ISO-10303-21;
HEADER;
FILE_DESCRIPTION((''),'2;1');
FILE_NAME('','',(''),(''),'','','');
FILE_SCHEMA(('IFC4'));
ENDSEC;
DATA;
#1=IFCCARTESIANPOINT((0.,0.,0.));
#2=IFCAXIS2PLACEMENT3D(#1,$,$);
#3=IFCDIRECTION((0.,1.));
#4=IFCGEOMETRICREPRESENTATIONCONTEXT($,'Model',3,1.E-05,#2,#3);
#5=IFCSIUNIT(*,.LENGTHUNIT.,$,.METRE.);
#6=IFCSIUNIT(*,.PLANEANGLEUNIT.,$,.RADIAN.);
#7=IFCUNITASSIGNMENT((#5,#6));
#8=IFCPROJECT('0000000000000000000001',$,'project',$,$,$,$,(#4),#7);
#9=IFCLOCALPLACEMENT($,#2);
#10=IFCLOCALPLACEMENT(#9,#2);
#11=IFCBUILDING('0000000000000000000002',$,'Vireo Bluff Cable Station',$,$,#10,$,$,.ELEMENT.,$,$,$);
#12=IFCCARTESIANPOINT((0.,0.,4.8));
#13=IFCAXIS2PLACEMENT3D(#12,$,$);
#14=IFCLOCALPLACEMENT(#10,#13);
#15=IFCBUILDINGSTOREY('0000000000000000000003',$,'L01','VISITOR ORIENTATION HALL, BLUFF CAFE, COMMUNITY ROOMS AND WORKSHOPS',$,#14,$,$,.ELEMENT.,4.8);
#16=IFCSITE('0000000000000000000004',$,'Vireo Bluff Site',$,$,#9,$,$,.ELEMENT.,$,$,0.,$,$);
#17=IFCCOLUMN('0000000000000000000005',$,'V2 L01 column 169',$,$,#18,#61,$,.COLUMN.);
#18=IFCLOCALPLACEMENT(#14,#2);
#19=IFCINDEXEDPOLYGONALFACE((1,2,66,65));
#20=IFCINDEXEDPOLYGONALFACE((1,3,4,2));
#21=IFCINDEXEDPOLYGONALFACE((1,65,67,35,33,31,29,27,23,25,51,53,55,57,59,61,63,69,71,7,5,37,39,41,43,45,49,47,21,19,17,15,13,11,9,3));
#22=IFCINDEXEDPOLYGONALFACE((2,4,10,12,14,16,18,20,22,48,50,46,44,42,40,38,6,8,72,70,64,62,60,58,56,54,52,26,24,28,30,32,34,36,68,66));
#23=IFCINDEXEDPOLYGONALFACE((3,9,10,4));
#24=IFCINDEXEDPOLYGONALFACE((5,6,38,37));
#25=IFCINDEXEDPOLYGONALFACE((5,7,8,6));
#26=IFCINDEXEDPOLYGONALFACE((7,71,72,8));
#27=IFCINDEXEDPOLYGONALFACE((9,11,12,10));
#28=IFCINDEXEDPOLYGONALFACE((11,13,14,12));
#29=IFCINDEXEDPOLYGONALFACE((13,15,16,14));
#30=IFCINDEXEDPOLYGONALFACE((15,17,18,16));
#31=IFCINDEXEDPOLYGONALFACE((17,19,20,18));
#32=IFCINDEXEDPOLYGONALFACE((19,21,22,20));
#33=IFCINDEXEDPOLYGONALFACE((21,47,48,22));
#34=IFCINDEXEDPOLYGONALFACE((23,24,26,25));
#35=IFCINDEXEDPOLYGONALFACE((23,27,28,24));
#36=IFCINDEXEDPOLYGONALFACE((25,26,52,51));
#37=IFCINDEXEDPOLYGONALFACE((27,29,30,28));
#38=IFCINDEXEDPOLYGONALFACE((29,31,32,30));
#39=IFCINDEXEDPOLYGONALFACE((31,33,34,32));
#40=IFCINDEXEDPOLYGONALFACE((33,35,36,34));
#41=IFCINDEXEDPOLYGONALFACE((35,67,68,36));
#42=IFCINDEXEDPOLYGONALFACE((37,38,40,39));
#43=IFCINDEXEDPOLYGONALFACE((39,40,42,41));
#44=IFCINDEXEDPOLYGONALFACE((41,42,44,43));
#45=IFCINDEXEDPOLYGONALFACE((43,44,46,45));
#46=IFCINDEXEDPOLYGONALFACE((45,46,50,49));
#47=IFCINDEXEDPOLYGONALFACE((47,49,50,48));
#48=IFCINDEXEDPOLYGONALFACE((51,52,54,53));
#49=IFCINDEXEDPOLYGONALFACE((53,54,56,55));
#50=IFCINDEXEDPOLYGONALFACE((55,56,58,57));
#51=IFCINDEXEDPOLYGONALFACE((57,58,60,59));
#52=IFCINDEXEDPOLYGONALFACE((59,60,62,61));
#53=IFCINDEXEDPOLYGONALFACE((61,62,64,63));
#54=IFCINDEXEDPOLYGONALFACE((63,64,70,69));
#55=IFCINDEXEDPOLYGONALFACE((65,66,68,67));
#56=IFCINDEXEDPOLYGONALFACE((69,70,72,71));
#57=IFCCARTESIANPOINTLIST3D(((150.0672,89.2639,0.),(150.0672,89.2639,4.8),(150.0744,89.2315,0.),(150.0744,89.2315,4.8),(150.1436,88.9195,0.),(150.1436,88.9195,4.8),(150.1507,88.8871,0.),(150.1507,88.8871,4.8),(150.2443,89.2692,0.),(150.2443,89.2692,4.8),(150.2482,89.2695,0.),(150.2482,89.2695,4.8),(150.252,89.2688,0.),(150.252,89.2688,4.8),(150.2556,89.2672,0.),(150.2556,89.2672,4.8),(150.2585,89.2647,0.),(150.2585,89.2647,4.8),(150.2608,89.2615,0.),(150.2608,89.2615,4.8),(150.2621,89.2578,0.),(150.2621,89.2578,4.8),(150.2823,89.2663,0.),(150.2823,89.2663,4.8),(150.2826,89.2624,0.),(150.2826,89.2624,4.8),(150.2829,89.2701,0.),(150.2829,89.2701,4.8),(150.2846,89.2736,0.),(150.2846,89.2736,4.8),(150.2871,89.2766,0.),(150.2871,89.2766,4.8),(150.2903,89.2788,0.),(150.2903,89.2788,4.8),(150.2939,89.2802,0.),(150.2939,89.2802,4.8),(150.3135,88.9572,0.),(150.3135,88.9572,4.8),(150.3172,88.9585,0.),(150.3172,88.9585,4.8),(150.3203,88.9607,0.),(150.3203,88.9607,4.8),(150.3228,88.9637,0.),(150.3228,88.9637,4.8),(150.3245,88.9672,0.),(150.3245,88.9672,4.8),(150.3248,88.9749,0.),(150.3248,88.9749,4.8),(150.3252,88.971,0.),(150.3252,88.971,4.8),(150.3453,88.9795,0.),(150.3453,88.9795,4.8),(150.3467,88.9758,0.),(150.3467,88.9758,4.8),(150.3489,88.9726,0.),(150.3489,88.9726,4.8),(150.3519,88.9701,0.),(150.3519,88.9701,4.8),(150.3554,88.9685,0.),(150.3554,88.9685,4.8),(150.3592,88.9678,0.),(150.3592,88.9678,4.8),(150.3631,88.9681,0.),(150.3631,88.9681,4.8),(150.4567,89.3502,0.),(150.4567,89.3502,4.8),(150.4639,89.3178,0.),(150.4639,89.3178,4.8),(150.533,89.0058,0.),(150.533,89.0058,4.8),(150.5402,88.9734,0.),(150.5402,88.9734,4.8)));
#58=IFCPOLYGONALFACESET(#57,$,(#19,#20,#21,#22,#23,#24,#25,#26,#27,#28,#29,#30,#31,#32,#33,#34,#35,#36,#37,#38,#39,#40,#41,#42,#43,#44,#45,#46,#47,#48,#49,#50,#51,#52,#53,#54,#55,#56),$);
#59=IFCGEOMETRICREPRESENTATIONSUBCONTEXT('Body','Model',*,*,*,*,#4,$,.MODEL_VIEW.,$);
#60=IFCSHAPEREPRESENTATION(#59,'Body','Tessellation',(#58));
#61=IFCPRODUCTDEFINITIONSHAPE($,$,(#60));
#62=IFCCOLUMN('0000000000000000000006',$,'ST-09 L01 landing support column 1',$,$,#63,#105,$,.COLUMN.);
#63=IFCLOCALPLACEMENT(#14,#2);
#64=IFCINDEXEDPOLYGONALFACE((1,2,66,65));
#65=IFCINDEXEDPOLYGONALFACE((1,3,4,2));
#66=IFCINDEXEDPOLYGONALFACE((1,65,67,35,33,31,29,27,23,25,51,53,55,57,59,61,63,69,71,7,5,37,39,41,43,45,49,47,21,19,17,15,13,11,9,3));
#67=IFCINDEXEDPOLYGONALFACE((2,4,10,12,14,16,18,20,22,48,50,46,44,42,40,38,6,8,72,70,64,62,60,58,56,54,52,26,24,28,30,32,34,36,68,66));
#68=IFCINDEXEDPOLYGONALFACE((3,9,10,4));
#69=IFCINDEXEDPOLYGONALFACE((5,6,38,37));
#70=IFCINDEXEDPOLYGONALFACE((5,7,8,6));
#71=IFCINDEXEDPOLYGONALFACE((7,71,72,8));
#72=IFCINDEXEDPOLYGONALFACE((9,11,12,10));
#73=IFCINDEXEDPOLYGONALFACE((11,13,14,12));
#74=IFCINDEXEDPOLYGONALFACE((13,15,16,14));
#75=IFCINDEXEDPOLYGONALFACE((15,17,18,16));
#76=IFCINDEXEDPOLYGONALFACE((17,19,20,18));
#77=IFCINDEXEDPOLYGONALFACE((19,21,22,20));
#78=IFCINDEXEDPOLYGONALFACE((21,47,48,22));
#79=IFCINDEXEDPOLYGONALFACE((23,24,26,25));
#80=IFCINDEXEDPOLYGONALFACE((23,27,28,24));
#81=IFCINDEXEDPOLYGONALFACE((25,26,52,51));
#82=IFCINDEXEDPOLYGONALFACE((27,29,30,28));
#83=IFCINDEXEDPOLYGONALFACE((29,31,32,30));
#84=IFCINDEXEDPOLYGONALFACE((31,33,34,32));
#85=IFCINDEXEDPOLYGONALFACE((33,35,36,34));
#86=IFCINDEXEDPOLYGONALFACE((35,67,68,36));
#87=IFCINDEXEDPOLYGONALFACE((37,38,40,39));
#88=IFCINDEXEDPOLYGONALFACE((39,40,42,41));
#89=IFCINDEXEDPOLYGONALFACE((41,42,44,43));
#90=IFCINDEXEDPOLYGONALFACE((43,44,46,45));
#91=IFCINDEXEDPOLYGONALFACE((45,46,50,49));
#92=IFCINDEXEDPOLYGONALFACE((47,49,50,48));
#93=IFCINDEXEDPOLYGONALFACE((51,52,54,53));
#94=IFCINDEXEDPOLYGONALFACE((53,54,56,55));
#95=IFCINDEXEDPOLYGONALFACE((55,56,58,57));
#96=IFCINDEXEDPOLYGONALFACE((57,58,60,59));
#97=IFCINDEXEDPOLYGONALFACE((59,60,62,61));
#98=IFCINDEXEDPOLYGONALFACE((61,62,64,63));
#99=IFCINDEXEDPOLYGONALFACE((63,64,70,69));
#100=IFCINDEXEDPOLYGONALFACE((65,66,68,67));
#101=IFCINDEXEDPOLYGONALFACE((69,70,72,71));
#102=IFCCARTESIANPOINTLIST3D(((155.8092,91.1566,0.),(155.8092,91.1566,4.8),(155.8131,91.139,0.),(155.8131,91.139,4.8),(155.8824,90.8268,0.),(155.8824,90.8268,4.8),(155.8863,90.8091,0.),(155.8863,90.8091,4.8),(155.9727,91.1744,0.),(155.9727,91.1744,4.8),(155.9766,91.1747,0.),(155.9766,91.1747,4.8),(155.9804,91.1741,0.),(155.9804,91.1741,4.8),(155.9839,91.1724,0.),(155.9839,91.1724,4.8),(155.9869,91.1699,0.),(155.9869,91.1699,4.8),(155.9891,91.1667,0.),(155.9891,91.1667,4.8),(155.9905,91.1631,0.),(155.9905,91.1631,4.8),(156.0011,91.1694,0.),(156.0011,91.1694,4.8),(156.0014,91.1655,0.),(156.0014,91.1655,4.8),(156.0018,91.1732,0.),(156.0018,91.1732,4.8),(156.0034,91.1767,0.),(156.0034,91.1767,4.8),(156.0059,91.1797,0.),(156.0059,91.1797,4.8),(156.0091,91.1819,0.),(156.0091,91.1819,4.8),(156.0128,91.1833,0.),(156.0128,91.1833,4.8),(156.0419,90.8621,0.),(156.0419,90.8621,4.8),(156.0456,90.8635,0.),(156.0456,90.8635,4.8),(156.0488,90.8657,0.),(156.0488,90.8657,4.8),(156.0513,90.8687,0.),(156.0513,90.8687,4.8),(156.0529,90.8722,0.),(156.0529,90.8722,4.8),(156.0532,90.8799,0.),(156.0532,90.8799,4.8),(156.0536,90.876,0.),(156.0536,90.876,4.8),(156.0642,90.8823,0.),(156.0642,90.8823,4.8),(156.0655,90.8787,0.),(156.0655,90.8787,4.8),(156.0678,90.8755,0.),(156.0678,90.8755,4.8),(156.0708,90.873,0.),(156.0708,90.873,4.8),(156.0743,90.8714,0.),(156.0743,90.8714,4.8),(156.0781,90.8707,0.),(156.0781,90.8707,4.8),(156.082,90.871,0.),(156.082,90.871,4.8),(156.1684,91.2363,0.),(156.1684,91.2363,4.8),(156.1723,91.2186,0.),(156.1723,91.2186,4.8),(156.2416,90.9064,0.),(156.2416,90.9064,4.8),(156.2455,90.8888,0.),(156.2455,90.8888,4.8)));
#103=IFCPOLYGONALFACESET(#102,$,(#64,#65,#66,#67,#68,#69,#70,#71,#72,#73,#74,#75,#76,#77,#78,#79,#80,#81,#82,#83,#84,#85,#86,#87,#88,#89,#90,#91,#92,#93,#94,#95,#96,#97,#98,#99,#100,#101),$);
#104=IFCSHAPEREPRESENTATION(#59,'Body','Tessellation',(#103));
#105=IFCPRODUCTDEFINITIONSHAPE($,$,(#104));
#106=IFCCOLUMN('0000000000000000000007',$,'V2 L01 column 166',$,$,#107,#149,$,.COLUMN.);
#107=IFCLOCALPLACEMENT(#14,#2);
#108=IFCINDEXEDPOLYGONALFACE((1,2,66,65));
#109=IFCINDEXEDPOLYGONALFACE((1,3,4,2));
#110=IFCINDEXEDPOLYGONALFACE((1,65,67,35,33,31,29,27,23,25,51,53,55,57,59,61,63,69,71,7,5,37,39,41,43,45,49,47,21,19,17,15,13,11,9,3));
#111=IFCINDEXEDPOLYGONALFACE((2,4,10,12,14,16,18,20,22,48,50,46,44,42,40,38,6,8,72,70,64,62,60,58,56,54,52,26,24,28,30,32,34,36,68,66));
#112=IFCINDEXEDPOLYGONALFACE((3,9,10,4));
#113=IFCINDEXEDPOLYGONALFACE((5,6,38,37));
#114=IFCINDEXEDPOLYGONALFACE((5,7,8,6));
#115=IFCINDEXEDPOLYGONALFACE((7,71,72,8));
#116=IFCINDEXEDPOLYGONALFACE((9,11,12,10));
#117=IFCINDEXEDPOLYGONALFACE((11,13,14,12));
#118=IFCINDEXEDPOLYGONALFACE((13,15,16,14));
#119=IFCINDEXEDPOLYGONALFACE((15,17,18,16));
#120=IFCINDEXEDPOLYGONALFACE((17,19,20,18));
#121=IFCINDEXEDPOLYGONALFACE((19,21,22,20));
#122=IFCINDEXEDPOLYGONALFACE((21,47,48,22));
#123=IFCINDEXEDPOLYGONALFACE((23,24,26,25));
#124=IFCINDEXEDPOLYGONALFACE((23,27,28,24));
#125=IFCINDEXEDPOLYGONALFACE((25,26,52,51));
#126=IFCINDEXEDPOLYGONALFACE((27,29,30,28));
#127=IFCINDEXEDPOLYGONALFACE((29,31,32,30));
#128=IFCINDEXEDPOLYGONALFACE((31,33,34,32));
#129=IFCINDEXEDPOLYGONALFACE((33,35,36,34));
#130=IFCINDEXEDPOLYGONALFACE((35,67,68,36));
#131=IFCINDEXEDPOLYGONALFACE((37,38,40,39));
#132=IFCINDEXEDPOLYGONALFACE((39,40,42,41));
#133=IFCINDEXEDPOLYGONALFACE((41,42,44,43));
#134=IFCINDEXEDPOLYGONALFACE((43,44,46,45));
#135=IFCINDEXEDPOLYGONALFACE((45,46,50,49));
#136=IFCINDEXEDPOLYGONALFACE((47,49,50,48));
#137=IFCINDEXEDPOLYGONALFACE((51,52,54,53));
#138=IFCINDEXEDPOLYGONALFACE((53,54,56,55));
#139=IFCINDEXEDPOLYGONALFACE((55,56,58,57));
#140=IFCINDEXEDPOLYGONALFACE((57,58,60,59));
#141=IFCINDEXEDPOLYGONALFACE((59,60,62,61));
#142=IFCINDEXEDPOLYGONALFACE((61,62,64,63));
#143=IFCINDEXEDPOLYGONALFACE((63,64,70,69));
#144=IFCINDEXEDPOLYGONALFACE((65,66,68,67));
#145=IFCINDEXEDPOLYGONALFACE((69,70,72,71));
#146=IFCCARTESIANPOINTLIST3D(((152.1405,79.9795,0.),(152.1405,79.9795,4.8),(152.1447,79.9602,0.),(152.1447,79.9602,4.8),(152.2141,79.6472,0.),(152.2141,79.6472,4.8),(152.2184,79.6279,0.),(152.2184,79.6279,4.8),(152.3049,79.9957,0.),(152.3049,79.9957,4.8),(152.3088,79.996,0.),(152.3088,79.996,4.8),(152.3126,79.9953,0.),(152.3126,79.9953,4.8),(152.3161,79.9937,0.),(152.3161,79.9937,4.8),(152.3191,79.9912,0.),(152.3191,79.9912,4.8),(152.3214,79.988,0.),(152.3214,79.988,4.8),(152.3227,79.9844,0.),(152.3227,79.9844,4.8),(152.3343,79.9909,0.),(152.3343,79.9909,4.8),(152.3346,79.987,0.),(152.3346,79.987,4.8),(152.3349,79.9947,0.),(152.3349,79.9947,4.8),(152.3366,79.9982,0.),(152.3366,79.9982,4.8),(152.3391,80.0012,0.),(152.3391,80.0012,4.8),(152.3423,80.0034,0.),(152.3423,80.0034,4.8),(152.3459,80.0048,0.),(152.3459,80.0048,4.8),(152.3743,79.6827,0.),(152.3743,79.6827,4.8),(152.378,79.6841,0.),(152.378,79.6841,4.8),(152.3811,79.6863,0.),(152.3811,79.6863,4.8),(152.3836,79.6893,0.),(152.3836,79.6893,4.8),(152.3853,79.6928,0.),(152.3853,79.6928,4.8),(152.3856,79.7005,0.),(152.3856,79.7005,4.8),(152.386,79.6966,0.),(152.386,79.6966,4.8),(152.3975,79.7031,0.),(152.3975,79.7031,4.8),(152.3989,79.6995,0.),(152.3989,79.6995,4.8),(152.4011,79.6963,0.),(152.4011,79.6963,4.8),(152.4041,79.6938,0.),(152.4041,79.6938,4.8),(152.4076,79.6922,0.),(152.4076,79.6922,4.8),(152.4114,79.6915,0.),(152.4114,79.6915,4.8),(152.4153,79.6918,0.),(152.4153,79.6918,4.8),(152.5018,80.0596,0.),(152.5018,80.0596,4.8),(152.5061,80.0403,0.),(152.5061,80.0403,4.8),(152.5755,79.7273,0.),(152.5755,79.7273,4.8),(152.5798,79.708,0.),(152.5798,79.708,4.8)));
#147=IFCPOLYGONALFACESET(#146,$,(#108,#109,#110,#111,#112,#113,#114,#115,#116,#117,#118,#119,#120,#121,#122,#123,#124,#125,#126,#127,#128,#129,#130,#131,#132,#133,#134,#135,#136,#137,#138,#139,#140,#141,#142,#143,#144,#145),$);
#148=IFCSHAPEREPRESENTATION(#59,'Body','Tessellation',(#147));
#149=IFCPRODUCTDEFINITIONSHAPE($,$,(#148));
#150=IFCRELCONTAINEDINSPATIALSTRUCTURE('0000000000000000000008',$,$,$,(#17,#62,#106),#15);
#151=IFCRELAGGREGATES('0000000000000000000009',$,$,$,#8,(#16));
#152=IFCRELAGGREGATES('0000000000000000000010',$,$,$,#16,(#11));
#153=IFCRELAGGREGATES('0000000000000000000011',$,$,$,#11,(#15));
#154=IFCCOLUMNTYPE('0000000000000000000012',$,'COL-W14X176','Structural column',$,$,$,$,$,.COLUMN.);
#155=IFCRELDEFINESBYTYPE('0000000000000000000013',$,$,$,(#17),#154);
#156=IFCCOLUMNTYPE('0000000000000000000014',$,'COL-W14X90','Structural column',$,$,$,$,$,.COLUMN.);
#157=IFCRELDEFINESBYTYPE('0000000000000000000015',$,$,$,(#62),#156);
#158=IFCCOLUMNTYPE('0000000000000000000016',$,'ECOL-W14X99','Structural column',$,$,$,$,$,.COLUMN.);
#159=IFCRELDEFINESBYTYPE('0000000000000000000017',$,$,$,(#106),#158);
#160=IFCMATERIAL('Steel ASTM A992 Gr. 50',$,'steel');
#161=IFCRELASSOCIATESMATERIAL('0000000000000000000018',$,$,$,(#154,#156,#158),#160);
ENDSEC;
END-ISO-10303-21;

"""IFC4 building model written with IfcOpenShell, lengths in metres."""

from ifc_helpers import new_model, si_unit, direction, frame, origin, origin_2d, place, context, subcontext, project, spatial, i_section, extrude, material, material_profile, profile_set, type_object, element, save


model = new_model("IFC4")

# Units and contexts
model_context = context("Model", 3, precision=1e-05, world=origin(), true_north=direction((0.0, 1.0)))
body_context = subcontext(model_context, "Body", "Model", "MODEL_VIEW")
ifc_project = project(units=[si_unit("LENGTHUNIT", "METRE"), si_unit("PLANEANGLEUNIT", "RADIAN")], contexts=[model_context])

# Site, building, storey
site_placement = place(None, origin())
site = spatial("IfcSite", under=ifc_project, at=site_placement, Name="Vireo Bluff Site", CompositionType="ELEMENT", RefElevation=0.0)
building_placement = place(site_placement, origin())
building = spatial("IfcBuilding", under=site, at=building_placement, Name="Vireo Bluff Cable Station", CompositionType="ELEMENT")
storey_placement = place(building_placement, frame((0.0, 0.0, 4.8)))
storey = spatial("IfcBuildingStorey", under=building, at=storey_placement, Name="L01", Description="VISITOR ORIENTATION HALL, BLUFF CAFE, COMMUNITY ROOMS AND WORKSHOPS", CompositionType="ELEMENT", Elevation=4.8)

# Columns
ifc_material_1 = material(Name="Steel ASTM A992 Gr. 50", Category="steel")
ifc_material_profile_1 = material_profile(ifc_material_1, i_section(OverallWidth=0.3989, OverallDepth=0.386, WebThickness=0.021, FlangeThickness=0.0332, FilletRadius=0.0149, at=origin_2d()), Name="W14X176")
ifc_profile_set_1 = profile_set([ifc_material_profile_1], Name="Steel ASTM A992 Gr. 50")
column_type_1 = type_object("IfcColumnType", Name="COL-W14X176", Description="Structural column", PredefinedType="COLUMN", material=ifc_profile_set_1)
column_1_placement = place(storey_placement, frame((150.3037, 89.1187, 0.0), z_axis=(0.0, 0.0, 1.0), x_axis=(0.976296, 0.21644, 0.0)))
element("IfcColumn", 1, at=column_1_placement, inside=storey, type_object=column_type_1, Name="V2 L01 column 169", PredefinedType="COLUMN", context=body_context, shape_type="SweptSolid", body=[
    extrude(i_section(OverallWidth=0.3989, OverallDepth=0.386, WebThickness=0.021, FlangeThickness=0.0332, FilletRadius=0.0149, at=origin_2d()), origin(), (0.0, 0.0, 1.0), 4.8),
])
ifc_material_profile_2 = material_profile(ifc_material_1, i_section(OverallWidth=0.3679, OverallDepth=0.356, WebThickness=0.0112, FlangeThickness=0.0181, FilletRadius=0.0149, at=origin_2d()), Name="W14X90")
ifc_profile_set_2 = profile_set([ifc_material_profile_2], Name="Steel ASTM A992 Gr. 50")
column_type_2 = type_object("IfcColumnType", Name="COL-W14X90", Description="Structural column", PredefinedType="COLUMN", material=ifc_profile_set_2)
column_2_placement = place(storey_placement, frame((156.0273, 91.0227, 0.0), z_axis=(0.0, 0.0, 1.0), x_axis=(0.976296, 0.21644, 0.0)))
element("IfcColumn", 2, at=column_2_placement, inside=storey, type_object=column_type_2, Name="ST-09 L01 landing support column 1", PredefinedType="COLUMN", context=body_context, shape_type="SweptSolid", body=[
    extrude(i_section(OverallWidth=0.3679, OverallDepth=0.356, WebThickness=0.0112, FlangeThickness=0.0181, FilletRadius=0.0149, at=origin_2d()), origin(), (0.0, 0.0, 1.0), 4.8),
])
ifc_material_profile_3 = material_profile(ifc_material_1, i_section(OverallWidth=0.3701, OverallDepth=0.3601, WebThickness=0.0122, FlangeThickness=0.0198, FilletRadius=0.0149, at=origin_2d()), Name="W14X99")
ifc_profile_set_3 = profile_set([ifc_material_profile_3], Name="Steel ASTM A992 Gr. 50")
column_type_3 = type_object("IfcColumnType", Name="ECOL-W14X99", Description="Structural column", PredefinedType="COLUMN", material=ifc_profile_set_3)
column_3_placement = place(storey_placement, frame((152.3601, 79.8438, 0.0), z_axis=(0.0, 0.0, 1.0), x_axis=(0.976296, 0.21644, 0.0)))
element("IfcColumn", 3, at=column_3_placement, inside=storey, type_object=column_type_3, Name="V2 L01 column 166", PredefinedType="COLUMN", context=body_context, shape_type="SweptSolid", body=[
    extrude(i_section(OverallWidth=0.3701, OverallDepth=0.3601, WebThickness=0.0122, FlangeThickness=0.0198, FilletRadius=0.0149, at=origin_2d()), origin(), (0.0, 0.0, 1.0), 4.8),
])

save(model, "model.ifc")
